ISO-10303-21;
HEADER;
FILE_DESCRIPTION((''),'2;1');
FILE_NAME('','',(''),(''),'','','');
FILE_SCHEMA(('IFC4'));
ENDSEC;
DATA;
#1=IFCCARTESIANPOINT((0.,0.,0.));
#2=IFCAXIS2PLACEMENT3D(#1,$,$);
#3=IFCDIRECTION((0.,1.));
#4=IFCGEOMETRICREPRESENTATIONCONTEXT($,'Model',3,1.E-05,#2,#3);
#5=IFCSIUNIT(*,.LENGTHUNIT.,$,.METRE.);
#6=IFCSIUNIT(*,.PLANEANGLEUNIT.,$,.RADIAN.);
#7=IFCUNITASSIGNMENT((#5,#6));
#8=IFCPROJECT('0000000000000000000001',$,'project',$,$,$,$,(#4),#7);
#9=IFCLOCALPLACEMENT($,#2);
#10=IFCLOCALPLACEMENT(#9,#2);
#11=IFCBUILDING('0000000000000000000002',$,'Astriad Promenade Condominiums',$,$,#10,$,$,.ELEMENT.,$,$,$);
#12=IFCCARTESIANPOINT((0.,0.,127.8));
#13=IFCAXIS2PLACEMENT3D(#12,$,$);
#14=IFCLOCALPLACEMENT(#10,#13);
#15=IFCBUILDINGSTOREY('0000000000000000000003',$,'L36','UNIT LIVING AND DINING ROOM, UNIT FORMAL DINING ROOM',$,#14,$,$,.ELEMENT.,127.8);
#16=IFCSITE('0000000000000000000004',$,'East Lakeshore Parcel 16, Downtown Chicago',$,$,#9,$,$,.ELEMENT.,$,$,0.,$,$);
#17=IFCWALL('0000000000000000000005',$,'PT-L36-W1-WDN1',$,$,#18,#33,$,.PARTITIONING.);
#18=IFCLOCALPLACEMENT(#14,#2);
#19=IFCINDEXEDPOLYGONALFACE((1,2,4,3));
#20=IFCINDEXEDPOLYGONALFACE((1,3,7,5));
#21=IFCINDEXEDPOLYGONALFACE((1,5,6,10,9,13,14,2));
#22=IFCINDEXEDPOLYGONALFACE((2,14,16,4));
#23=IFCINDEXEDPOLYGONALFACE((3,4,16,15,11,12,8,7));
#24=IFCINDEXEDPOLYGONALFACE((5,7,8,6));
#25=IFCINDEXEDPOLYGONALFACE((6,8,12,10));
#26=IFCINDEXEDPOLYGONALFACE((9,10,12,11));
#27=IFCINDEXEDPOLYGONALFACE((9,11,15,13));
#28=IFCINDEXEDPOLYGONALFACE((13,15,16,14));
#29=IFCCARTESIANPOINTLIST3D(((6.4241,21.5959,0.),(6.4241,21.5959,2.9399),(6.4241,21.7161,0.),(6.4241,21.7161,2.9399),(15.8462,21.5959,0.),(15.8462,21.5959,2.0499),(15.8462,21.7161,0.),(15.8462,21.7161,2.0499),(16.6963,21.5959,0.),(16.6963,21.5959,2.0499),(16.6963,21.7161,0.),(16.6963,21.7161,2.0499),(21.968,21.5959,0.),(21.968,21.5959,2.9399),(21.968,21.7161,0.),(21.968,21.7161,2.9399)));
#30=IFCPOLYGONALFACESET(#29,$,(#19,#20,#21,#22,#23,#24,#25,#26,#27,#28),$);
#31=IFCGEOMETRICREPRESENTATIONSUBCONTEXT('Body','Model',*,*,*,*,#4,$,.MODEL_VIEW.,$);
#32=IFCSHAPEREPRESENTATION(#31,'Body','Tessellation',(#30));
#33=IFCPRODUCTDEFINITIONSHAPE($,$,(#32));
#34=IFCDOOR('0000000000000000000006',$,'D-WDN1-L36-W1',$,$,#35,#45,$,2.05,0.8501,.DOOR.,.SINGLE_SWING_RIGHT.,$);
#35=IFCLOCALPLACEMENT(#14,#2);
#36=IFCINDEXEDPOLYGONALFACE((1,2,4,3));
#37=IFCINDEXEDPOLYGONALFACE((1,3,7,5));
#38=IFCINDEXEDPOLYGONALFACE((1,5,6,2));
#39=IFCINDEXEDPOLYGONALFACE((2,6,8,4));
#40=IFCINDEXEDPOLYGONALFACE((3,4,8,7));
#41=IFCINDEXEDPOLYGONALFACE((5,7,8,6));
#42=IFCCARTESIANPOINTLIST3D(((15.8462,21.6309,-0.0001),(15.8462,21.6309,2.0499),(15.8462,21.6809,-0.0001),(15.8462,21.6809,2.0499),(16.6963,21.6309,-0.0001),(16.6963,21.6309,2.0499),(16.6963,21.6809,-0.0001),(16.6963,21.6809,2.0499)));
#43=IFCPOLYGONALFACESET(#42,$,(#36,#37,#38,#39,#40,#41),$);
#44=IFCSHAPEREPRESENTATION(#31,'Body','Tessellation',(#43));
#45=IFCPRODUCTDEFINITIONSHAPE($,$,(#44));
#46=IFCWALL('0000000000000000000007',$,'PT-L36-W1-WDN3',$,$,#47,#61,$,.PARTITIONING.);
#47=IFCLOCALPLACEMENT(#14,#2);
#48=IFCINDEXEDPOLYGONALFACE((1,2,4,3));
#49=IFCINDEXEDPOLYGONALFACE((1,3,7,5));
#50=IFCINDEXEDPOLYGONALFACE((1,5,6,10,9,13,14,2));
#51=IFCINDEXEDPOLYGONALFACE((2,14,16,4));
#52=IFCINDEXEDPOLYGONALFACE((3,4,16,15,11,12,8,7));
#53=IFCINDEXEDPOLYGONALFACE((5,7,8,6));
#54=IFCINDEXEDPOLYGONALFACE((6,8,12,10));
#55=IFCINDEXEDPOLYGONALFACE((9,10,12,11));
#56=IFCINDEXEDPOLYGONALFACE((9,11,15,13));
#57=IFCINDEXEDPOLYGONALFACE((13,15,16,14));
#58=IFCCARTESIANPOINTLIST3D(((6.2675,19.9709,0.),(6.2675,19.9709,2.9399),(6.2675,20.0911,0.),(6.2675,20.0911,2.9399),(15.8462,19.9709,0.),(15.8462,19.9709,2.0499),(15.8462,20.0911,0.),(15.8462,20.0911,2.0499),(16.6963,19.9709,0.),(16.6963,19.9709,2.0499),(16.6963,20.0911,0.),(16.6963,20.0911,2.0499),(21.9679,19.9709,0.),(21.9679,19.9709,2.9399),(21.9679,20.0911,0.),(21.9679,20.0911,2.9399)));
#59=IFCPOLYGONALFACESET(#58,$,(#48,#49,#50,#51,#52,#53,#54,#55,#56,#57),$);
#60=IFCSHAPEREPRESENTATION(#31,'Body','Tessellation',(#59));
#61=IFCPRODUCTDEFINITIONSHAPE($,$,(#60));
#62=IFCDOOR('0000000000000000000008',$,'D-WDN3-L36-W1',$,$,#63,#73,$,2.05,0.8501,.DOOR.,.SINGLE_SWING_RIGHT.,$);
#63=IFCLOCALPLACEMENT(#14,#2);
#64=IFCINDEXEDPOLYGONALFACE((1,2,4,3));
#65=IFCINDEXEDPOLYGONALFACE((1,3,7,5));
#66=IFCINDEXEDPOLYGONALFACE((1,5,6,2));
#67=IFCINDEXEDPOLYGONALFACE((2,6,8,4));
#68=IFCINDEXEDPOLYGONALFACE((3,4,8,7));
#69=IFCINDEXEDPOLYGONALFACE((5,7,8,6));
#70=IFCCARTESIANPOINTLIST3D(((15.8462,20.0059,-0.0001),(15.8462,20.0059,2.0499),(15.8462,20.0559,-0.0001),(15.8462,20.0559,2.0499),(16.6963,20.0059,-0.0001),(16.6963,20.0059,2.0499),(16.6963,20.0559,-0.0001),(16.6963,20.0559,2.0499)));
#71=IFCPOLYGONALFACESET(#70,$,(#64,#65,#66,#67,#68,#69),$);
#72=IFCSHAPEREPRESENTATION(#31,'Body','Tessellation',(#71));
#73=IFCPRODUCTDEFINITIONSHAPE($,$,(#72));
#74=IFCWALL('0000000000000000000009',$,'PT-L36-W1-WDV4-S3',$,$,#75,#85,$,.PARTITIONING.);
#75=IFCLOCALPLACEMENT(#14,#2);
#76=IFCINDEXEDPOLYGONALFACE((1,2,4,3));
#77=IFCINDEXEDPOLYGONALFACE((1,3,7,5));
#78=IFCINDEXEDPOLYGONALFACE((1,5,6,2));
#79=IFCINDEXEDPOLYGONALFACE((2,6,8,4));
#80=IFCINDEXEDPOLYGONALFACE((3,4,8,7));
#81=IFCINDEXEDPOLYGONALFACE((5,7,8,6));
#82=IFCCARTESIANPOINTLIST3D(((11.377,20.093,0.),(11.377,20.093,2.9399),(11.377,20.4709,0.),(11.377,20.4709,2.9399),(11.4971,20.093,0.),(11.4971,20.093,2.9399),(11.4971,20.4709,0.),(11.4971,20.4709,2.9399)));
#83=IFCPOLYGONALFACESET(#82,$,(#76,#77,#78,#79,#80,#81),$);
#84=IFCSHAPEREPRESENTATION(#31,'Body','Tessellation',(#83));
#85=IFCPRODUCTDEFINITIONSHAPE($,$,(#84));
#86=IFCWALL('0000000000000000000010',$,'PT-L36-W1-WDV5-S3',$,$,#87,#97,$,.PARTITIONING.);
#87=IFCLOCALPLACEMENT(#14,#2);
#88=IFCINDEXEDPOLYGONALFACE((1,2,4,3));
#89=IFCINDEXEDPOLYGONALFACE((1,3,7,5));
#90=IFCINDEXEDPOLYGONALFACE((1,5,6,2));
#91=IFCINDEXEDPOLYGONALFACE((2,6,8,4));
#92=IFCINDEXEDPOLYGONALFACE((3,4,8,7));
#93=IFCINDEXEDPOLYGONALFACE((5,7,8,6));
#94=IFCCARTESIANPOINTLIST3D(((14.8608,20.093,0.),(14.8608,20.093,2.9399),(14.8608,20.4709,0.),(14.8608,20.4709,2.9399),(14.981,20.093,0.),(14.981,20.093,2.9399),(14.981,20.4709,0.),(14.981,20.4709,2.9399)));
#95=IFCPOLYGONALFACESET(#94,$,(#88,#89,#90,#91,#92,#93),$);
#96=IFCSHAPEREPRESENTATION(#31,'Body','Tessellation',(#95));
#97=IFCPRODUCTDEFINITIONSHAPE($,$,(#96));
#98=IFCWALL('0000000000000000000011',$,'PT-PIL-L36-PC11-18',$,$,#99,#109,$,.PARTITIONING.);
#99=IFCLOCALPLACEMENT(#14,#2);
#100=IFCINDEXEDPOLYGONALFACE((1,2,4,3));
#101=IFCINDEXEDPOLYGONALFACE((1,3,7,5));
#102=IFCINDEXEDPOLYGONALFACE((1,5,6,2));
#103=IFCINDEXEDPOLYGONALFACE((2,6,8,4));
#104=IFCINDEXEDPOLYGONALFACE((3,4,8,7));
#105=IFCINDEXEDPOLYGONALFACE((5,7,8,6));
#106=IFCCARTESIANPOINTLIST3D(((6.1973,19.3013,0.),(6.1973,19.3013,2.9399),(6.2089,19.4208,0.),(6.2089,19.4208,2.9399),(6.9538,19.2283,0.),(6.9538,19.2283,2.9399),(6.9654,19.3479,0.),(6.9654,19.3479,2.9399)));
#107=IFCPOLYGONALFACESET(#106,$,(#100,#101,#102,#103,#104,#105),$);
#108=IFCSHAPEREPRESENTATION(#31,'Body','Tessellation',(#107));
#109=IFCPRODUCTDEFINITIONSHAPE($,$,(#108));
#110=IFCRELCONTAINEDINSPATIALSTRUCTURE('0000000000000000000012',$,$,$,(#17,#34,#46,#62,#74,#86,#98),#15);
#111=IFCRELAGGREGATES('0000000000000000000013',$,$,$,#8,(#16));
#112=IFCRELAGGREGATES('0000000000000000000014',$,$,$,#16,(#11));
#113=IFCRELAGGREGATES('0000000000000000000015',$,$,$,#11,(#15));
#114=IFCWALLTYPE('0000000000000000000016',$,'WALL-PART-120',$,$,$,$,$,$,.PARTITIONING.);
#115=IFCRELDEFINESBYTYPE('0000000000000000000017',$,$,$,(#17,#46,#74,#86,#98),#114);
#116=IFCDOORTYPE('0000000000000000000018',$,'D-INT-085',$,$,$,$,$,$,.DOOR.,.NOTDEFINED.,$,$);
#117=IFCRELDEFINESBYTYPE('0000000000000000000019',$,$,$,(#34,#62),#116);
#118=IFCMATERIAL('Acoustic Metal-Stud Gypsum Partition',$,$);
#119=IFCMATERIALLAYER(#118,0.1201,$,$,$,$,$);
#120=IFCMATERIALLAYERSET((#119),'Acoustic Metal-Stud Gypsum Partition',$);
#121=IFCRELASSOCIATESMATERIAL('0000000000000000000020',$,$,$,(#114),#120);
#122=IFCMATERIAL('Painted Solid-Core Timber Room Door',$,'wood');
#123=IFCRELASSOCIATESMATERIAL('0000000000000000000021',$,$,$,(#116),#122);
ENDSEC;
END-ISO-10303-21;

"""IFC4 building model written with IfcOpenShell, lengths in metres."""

from ifc_helpers import new_model, si_unit, direction, frame, frame_2d, origin, place, context, subcontext, project, spatial, rectangle, extrude, source, transform, mapped, material, layer, layer_set, type_object, type_shapes, element, fill, save


model = new_model("IFC4")

# Units and contexts
model_context = context("Model", 3, precision=1e-05, world=origin(), true_north=direction((0.0, 1.0)))
body_context = subcontext(model_context, "Body", "Model", "MODEL_VIEW")
ifc_project = project(units=[si_unit("LENGTHUNIT", "METRE"), si_unit("PLANEANGLEUNIT", "RADIAN")], contexts=[model_context])

# Site, building, storey
site_placement = place(None, origin())
site = spatial("IfcSite", under=ifc_project, at=site_placement, Name="East Lakeshore Parcel 16, Downtown Chicago", CompositionType="ELEMENT", RefElevation=0.0)
building_placement = place(site_placement, origin())
building = spatial("IfcBuilding", under=site, at=building_placement, Name="Astriad Promenade Condominiums", CompositionType="ELEMENT")
storey_placement = place(building_placement, frame((0.0, 0.0, 127.8)))
storey = spatial("IfcBuildingStorey", under=building, at=storey_placement, Name="L36", Description="UNIT LIVING AND DINING ROOM, UNIT FORMAL DINING ROOM", CompositionType="ELEMENT", Elevation=127.8)

# Walls, openings, doors
ifc_material_1 = material(Name="Acoustic Metal-Stud Gypsum Partition")
ifc_layer_1 = layer(ifc_material_1, 0.1201)
ifc_layer_set_1 = layer_set([ifc_layer_1], Name="Acoustic Metal-Stud Gypsum Partition")
wall_type = type_object("IfcWallType", Name="WALL-PART-120", PredefinedType="PARTITIONING", material=ifc_layer_set_1)
wall_1_placement = place(storey_placement, frame((6.4241, 21.656, 0.0), z_axis=(0.0, 0.0, 1.0), x_axis=(1.0, 0.0, 0.0)))
wall_1 = element("IfcWall", 1, at=wall_1_placement, inside=storey, type_object=wall_type, Name="PT-L36-W1-WDN1", PredefinedType="PARTITIONING", context=body_context, shape_type="SweptSolid", body=[
    extrude(rectangle(XDim=15.5439, YDim=0.1201, at=frame_2d((7.772, 0.0))), origin(), (0.0, 0.0, 1.0), 2.9399),
])
opening_1_placement = place(wall_1_placement, frame((9.4221, 0.0, 0.0)))
opening_1 = element("IfcOpeningElement", 2, at=opening_1_placement, cuts=wall_1, PredefinedType="OPENING", context=body_context, shape_type="SweptSolid", body=[
    extrude(rectangle(XDim=0.8501, YDim=2.05, at=frame_2d((0.425, 1.0249))), frame((0.0, 0.0701, 0.0), z_axis=(0.0, -1.0, 0.0), x_axis=(1.0, 0.0, 0.0)), (0.0, 0.0, 1.0), 0.1401),
])
ifc_material_2 = material(Name="Painted Solid-Core Timber Room Door", Category="wood")
door_type = type_object("IfcDoorType", Name="D-INT-085", OperationType="NOTDEFINED", PredefinedType="DOOR", material=ifc_material_2)
shared_shape_1 = source(origin(), body_context, "Body", "SweptSolid", [
    extrude(rectangle(XDim=0.8501, YDim=2.05, at=frame_2d((0.425, 1.0249))), frame((0.0, 0.0249, 0.0), z_axis=(0.0, -1.0, 0.0), x_axis=(1.0, 0.0, 0.0)), (0.0, 0.0, 1.0), 0.05),
])
type_shapes(door_type, [shared_shape_1])
door_1_placement = place(opening_1_placement, origin())
door_1 = element("IfcDoor", 3, at=door_1_placement, inside=storey, type_object=door_type, Name="D-WDN1-L36-W1", OperationType="SINGLE_SWING_RIGHT", OverallHeight=2.05, OverallWidth=0.8501, PredefinedType="DOOR", context=body_context, shape_type="MappedRepresentation", body=[
    mapped(shared_shape_1, transform((0.0, 0.0, 0.0), scale=1.0)),
])
fill(opening_1, door_1)
wall_2_placement = place(storey_placement, frame((6.2676, 20.031, 0.0), z_axis=(0.0, 0.0, 1.0), x_axis=(1.0, 0.0, 0.0)))
wall_2 = element("IfcWall", 4, at=wall_2_placement, inside=storey, type_object=wall_type, Name="PT-L36-W1-WDN3", PredefinedType="PARTITIONING", context=body_context, shape_type="SweptSolid", body=[
    extrude(rectangle(XDim=15.7004, YDim=0.1201, at=frame_2d((7.8501, 0.0))), origin(), (0.0, 0.0, 1.0), 2.9399),
])
opening_2_placement = place(wall_2_placement, frame((9.5786, 0.0, 0.0)))
opening_2 = element("IfcOpeningElement", 5, at=opening_2_placement, cuts=wall_2, PredefinedType="OPENING", context=body_context, shape_type="SweptSolid", body=[
    extrude(rectangle(XDim=0.8501, YDim=2.05, at=frame_2d((0.425, 1.0249))), frame((0.0, 0.0701, 0.0), z_axis=(0.0, -1.0, 0.0), x_axis=(1.0, 0.0, 0.0)), (0.0, 0.0, 1.0), 0.1401),
])
door_2_placement = place(opening_2_placement, origin())
door_2 = element("IfcDoor", 6, at=door_2_placement, inside=storey, type_object=door_type, Name="D-WDN3-L36-W1", OperationType="SINGLE_SWING_RIGHT", OverallHeight=2.05, OverallWidth=0.8501, PredefinedType="DOOR", context=body_context, shape_type="MappedRepresentation", body=[
    mapped(shared_shape_1, transform((0.0, 0.0, 0.0), scale=1.0)),
])
fill(opening_2, door_2)

# Walls
for number, where, z_axis, x_axis, name in (
    (7, (11.437, 20.093, 0.0), (0.0, 0.0, 1.0), (0.0, 1.0, 0.0), "PT-L36-W1-WDV4-S3"),
    (8, (14.9209, 20.093, 0.0), (0.0, 0.0, 1.0), (0.0, 1.0, 0.0), "PT-L36-W1-WDV5-S3"),
):
    element("IfcWall", number, at=place(storey_placement, frame(where, z_axis=z_axis, x_axis=x_axis)), inside=storey, type_object=wall_type, Name=name, PredefinedType="PARTITIONING", context=body_context, shape_type="SweptSolid", body=[
        extrude(rectangle(XDim=0.3779, YDim=0.1201, at=frame_2d((0.189, 0.0))), origin(), (0.0, 0.0, 1.0), 2.9399),
    ])
wall_3_placement = place(storey_placement, frame((6.9595, 19.2881, 0.0), z_axis=(0.0, 0.0, 1.0), x_axis=(-0.995378, 0.096037, 0.0)))
element("IfcWall", 9, at=wall_3_placement, inside=storey, type_object=wall_type, Name="PT-PIL-L36-PC11-18", PredefinedType="PARTITIONING", context=body_context, shape_type="SweptSolid", body=[
    extrude(rectangle(XDim=0.76, YDim=0.1201, at=frame_2d((0.3799, 0.0))), origin(), (0.0, 0.0, 1.0), 2.9399),
])

save(model, "model.ifc")
